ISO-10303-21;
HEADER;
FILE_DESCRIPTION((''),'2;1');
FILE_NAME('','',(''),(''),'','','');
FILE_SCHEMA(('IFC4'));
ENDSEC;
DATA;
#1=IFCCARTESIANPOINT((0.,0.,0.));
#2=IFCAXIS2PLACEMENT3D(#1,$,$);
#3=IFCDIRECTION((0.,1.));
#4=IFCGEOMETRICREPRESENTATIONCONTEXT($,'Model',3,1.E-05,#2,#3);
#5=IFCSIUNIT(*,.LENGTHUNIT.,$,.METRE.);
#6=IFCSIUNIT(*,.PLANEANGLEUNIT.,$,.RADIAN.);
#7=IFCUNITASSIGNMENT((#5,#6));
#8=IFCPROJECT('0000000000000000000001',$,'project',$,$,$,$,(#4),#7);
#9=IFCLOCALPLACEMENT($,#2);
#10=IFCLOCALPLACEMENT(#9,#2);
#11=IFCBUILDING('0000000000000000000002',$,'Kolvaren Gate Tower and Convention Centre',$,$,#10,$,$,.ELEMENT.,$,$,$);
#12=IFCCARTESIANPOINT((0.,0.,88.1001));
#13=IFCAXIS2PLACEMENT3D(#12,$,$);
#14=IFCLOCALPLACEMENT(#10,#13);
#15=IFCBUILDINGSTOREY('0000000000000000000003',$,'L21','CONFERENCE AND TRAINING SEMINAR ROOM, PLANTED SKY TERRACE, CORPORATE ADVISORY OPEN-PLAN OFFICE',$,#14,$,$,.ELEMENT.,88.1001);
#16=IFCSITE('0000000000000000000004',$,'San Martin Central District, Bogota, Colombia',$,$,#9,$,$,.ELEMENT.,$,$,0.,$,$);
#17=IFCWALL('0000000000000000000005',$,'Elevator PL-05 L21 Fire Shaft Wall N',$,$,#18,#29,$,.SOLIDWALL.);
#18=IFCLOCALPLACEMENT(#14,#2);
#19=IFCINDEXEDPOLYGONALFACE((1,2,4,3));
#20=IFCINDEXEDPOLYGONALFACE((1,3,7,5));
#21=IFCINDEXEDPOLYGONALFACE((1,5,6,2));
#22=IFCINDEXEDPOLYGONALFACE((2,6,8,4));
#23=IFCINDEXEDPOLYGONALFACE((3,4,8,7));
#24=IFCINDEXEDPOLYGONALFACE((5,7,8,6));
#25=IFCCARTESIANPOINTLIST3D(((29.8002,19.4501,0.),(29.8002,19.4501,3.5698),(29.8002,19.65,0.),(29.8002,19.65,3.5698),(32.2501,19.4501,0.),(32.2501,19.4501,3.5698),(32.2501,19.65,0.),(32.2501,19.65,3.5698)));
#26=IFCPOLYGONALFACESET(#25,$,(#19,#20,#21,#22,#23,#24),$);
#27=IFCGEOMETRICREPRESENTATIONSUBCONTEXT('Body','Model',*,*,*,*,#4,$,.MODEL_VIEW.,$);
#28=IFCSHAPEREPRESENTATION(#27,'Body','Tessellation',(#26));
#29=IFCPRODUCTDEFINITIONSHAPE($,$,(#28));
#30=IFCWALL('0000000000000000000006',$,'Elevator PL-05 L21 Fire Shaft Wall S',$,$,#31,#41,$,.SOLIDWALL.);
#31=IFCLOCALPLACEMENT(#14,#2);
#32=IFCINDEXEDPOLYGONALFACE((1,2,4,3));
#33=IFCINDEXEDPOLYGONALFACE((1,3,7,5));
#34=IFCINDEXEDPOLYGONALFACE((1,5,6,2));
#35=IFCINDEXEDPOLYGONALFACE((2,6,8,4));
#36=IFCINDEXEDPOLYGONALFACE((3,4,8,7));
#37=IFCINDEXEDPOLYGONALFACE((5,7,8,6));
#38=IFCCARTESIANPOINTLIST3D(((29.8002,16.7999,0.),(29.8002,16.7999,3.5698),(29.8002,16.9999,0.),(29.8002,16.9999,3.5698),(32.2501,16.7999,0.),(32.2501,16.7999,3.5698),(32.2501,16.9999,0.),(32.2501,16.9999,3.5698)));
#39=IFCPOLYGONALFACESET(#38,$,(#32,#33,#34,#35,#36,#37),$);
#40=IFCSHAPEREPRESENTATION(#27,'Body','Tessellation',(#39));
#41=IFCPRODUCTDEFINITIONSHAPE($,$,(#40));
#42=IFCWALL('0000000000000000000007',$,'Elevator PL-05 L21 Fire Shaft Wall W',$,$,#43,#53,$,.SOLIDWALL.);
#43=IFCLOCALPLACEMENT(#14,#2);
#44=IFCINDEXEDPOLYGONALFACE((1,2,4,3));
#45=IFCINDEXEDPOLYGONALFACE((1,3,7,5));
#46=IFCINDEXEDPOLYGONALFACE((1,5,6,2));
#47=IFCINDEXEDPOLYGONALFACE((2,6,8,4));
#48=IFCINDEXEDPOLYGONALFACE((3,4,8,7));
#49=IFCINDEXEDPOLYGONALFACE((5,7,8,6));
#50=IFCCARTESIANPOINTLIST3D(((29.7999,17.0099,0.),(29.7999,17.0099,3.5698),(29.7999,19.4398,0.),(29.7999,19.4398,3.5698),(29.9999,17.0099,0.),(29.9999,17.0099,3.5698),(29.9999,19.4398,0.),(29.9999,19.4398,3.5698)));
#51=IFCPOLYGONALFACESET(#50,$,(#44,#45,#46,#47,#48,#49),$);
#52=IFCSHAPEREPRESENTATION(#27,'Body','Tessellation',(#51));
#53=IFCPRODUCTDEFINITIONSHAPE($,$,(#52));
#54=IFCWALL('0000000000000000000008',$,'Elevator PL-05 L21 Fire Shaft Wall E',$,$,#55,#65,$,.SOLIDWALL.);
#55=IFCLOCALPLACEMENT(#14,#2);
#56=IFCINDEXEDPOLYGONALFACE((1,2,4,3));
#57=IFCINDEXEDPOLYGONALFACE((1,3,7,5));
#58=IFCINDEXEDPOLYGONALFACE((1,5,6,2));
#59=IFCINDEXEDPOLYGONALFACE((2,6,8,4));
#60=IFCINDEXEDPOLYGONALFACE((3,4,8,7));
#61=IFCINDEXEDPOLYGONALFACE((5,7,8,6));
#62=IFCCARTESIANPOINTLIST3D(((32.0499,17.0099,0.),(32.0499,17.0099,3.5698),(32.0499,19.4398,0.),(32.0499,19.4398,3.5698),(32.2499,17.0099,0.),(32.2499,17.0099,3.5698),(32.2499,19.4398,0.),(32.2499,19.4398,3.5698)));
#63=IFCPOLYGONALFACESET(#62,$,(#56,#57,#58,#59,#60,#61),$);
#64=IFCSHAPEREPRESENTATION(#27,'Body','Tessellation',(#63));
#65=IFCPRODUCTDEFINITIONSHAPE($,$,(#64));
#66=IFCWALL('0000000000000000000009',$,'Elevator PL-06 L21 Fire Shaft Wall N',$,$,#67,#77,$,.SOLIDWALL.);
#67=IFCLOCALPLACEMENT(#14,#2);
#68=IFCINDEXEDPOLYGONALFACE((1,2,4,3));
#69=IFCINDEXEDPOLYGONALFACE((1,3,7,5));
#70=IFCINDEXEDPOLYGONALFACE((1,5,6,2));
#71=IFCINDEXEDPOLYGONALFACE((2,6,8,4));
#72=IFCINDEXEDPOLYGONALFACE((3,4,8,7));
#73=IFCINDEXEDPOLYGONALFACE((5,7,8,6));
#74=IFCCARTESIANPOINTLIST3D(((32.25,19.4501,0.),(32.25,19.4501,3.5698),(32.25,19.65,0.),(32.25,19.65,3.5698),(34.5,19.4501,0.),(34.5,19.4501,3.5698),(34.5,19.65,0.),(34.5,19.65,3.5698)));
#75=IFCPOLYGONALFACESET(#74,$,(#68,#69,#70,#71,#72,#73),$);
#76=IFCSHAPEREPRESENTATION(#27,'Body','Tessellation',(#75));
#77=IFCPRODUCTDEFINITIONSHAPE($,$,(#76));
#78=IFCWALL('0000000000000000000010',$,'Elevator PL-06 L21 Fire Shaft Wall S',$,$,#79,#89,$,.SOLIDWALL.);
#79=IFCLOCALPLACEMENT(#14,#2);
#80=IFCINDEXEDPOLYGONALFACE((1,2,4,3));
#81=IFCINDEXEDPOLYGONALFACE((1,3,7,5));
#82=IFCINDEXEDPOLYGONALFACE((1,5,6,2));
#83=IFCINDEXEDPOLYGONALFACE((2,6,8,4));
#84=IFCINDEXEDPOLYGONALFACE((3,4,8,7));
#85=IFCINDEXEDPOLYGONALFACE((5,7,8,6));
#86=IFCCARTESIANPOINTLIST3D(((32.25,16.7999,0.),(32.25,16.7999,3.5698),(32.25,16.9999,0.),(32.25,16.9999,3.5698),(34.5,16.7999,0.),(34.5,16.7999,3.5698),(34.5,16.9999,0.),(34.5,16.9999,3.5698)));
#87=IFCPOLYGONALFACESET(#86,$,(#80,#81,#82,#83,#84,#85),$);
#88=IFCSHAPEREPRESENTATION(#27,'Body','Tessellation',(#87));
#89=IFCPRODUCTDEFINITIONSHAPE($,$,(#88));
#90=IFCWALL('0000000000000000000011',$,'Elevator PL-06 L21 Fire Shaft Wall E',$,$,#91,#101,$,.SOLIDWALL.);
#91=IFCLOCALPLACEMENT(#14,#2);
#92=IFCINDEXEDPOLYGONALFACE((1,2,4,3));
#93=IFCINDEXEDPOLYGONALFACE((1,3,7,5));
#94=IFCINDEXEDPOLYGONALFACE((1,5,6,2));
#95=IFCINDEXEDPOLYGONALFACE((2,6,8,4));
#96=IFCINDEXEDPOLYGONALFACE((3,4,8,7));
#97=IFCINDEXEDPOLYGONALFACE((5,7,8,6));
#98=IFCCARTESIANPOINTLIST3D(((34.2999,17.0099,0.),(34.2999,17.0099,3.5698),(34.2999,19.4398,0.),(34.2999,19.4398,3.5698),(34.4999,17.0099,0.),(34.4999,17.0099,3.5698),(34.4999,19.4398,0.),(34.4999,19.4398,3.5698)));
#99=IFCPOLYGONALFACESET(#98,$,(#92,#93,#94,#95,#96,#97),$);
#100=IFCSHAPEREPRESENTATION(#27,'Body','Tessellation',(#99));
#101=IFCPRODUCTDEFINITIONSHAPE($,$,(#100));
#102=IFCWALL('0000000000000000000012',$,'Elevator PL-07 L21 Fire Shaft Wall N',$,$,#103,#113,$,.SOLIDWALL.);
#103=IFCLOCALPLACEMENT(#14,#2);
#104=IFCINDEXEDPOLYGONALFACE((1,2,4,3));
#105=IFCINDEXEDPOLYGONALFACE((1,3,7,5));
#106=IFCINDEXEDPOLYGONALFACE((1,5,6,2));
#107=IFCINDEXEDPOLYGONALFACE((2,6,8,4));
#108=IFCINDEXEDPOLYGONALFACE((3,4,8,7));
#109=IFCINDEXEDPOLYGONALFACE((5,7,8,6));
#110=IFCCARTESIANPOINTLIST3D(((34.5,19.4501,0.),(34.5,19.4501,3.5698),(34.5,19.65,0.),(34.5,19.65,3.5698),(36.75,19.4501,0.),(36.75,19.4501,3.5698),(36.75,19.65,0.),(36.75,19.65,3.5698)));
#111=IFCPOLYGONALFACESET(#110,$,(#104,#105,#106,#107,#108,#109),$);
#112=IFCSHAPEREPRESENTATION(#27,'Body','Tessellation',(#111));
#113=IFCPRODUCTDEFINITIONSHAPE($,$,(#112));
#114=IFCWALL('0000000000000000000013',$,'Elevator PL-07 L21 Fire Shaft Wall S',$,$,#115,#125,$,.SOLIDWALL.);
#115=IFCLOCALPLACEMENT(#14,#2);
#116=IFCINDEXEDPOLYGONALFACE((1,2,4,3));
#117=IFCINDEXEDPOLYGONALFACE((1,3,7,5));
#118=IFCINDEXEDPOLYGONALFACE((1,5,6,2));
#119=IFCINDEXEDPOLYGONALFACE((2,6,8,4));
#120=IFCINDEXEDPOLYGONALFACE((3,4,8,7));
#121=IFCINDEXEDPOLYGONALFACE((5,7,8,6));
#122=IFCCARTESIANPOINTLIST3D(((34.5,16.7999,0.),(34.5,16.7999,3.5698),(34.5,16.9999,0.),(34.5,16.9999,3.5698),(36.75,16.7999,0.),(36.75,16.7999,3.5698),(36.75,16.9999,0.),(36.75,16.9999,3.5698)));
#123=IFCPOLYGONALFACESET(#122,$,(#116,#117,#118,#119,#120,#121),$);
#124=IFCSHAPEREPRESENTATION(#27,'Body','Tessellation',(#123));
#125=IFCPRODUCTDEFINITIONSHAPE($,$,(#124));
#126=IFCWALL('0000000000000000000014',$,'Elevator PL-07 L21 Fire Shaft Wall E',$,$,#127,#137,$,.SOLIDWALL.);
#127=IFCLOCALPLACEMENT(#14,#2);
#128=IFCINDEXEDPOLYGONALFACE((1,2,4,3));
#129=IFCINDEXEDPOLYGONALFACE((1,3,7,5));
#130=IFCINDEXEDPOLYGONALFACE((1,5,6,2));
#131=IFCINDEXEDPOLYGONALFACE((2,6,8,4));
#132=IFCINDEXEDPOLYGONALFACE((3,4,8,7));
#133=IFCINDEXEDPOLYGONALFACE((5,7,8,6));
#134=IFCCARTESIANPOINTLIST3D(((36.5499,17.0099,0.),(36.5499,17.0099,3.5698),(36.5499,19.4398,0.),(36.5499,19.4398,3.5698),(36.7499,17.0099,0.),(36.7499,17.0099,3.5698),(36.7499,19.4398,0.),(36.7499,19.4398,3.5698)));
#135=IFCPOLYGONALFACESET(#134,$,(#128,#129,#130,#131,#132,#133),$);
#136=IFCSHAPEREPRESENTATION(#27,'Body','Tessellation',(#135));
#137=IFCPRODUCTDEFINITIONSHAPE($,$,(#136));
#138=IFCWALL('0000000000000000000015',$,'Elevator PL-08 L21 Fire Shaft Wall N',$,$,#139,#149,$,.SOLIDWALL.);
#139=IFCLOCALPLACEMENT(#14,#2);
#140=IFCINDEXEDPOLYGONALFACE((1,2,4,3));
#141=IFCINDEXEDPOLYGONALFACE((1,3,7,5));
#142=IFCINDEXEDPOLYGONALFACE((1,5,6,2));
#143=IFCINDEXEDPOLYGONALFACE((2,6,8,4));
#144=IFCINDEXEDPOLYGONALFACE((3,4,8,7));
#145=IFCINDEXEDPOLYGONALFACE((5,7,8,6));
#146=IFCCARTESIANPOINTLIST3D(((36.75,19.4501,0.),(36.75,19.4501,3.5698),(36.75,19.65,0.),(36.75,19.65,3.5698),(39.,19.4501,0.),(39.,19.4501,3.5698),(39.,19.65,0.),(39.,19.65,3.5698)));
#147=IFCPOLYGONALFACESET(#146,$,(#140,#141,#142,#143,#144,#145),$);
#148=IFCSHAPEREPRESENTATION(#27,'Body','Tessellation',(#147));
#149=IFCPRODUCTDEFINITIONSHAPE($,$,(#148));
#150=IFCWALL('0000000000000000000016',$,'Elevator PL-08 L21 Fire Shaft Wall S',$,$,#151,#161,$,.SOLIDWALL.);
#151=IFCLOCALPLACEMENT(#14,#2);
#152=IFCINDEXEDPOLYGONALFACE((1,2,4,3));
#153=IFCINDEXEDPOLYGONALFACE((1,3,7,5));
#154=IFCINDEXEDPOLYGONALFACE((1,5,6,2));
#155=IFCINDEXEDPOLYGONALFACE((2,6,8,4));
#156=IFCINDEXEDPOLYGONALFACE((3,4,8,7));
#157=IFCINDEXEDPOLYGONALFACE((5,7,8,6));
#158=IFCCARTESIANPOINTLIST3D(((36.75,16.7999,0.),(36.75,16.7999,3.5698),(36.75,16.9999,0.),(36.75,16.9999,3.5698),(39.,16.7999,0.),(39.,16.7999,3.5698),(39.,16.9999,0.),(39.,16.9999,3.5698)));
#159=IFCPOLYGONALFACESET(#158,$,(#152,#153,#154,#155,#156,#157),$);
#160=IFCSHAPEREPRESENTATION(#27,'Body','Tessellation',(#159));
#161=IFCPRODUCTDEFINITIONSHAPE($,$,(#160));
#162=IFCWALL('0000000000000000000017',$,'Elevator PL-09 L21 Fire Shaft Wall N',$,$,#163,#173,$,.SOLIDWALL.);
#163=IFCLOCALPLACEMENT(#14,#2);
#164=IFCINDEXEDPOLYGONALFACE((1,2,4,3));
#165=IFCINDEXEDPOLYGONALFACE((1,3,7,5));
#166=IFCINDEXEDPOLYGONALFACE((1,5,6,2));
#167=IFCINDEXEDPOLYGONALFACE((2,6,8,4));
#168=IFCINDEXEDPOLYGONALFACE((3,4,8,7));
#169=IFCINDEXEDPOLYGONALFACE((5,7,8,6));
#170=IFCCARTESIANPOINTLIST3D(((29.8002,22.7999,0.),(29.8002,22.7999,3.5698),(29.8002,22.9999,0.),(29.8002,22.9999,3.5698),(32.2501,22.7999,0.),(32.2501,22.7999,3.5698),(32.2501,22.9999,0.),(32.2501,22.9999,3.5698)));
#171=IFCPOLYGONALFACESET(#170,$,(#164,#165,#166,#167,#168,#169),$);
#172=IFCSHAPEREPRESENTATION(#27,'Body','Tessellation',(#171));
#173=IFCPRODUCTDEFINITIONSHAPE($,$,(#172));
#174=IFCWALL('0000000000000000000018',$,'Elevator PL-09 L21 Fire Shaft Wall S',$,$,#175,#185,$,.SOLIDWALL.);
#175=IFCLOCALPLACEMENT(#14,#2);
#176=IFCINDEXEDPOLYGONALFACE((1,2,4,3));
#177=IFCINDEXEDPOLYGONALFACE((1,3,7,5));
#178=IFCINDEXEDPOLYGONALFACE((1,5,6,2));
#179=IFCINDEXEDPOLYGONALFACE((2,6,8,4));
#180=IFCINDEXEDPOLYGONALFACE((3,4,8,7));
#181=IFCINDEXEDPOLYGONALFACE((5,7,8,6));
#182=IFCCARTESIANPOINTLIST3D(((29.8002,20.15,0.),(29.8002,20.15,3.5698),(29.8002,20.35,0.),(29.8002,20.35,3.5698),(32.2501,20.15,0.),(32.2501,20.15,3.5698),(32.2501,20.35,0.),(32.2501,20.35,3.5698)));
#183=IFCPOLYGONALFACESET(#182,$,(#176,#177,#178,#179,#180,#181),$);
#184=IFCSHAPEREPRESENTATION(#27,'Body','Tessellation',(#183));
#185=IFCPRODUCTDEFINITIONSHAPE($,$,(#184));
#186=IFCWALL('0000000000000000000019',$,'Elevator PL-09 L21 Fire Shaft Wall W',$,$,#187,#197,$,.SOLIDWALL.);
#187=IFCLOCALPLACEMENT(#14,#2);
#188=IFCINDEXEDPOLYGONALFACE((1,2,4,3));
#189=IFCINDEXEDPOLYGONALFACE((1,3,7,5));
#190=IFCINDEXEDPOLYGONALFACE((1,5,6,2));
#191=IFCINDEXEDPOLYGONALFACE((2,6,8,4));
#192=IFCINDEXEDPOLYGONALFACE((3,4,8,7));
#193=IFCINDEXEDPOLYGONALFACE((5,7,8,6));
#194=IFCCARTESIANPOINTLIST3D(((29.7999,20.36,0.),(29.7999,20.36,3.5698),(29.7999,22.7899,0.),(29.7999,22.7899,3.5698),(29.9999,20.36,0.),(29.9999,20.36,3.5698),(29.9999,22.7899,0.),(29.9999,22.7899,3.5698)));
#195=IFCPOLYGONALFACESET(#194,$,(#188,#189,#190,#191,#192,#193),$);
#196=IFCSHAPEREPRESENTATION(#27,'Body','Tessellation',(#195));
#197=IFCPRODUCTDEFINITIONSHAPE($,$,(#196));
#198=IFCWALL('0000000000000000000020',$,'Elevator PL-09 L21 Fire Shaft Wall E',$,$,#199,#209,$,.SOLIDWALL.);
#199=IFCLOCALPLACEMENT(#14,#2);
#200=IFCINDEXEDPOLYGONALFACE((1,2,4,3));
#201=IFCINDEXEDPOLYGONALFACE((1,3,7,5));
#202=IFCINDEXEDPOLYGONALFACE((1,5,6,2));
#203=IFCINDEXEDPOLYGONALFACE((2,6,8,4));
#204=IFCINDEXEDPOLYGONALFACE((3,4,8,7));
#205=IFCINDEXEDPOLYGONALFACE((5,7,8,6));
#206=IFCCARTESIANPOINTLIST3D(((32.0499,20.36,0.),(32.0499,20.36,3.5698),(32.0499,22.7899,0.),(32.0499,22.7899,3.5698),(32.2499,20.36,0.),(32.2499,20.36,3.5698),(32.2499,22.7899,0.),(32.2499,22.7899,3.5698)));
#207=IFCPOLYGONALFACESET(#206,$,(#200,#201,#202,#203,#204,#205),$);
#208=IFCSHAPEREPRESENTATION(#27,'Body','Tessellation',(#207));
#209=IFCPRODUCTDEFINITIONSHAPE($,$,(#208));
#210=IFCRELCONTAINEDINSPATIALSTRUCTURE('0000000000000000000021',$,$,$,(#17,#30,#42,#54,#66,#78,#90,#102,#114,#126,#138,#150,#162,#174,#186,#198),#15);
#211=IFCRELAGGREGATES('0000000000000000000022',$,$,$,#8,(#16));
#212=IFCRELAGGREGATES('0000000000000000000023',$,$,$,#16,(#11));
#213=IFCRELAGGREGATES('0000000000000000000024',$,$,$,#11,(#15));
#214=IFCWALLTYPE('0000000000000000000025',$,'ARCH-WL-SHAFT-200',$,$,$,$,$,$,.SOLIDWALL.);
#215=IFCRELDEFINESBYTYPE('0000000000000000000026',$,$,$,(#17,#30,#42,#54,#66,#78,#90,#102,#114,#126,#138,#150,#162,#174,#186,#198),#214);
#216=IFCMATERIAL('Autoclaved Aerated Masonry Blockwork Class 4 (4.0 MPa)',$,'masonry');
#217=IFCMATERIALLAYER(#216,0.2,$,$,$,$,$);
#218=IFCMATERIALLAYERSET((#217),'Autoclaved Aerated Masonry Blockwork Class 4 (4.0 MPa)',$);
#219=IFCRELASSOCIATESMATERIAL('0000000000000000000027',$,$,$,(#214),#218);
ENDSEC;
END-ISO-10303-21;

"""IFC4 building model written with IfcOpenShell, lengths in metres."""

from ifc_helpers import new_model, si_unit, direction, frame, frame_2d, origin, place, context, subcontext, project, spatial, rectangle, extrude, material, layer, layer_set, type_object, element, save


model = new_model("IFC4")

# Units and contexts
model_context = context("Model", 3, precision=1e-05, world=origin(), true_north=direction((0.0, 1.0)))
body_context = subcontext(model_context, "Body", "Model", "MODEL_VIEW")
ifc_project = project(units=[si_unit("LENGTHUNIT", "METRE"), si_unit("PLANEANGLEUNIT", "RADIAN")], contexts=[model_context])

# Site, building, storey
site_placement = place(None, origin())
site = spatial("IfcSite", under=ifc_project, at=site_placement, Name="San Martin Central District, Bogota, Colombia", CompositionType="ELEMENT", RefElevation=0.0)
building_placement = place(site_placement, origin())
building = spatial("IfcBuilding", under=site, at=building_placement, Name="Kolvaren Gate Tower and Convention Centre", CompositionType="ELEMENT")
storey_placement = place(building_placement, frame((0.0, 0.0, 88.1001)))
storey = spatial("IfcBuildingStorey", under=building, at=storey_placement, Name="L21", Description="CONFERENCE AND TRAINING SEMINAR ROOM, PLANTED SKY TERRACE, CORPORATE ADVISORY OPEN-PLAN OFFICE", CompositionType="ELEMENT", Elevation=88.1001)

# Walls
ifc_material_1 = material(Name="Autoclaved Aerated Masonry Blockwork Class 4 (4.0 MPa)", Category="masonry")
ifc_layer_1 = layer(ifc_material_1, 0.2)
ifc_layer_set_1 = layer_set([ifc_layer_1], Name="Autoclaved Aerated Masonry Blockwork Class 4 (4.0 MPa)")
wall_type_1 = type_object("IfcWallType", Name="ARCH-WL-SHAFT-200", PredefinedType="SOLIDWALL", material=ifc_layer_set_1)
for number, where, z_axis, x_axis, name in (
    (1, (29.8, 19.55, 0.0), (0.0, 0.0, 1.0), (1.0, 0.0, 0.0), "Elevator PL-05 L21 Fire Shaft Wall N"),
    (2, (29.8, 16.8999, 0.0), (0.0, 0.0, 1.0), (1.0, 0.0, 0.0), "Elevator PL-05 L21 Fire Shaft Wall S"),
):
    element("IfcWall", number, at=place(storey_placement, frame(where, z_axis=z_axis, x_axis=x_axis)), inside=storey, type_object=wall_type_1, Name=name, PredefinedType="SOLIDWALL", context=body_context, shape_type="SweptSolid", body=[
        extrude(rectangle(XDim=2.45, YDim=0.2, at=frame_2d((1.2251, 0.0))), origin(), (0.0, 0.0, 1.0), 3.5698),
    ])
for number, where, z_axis, x_axis, name in (
    (3, (29.8999, 17.01, 0.0), (0.0, 0.0, 1.0), (0.0, 1.0, 0.0), "Elevator PL-05 L21 Fire Shaft Wall W"),
    (4, (32.1499, 17.01, 0.0), (0.0, 0.0, 1.0), (0.0, 1.0, 0.0), "Elevator PL-05 L21 Fire Shaft Wall E"),
):
    element("IfcWall", number, at=place(storey_placement, frame(where, z_axis=z_axis, x_axis=x_axis)), inside=storey, type_object=wall_type_1, Name=name, PredefinedType="SOLIDWALL", context=body_context, shape_type="SweptSolid", body=[
        extrude(rectangle(XDim=2.4299, YDim=0.2, at=frame_2d((1.2148, 0.0))), origin(), (0.0, 0.0, 1.0), 3.5698),
    ])
for number, where, z_axis, x_axis, name in (
    (5, (32.25, 19.55, 0.0), (0.0, 0.0, 1.0), (1.0, 0.0, 0.0), "Elevator PL-06 L21 Fire Shaft Wall N"),
    (6, (32.25, 16.8999, 0.0), (0.0, 0.0, 1.0), (1.0, 0.0, 0.0), "Elevator PL-06 L21 Fire Shaft Wall S"),
):
    element("IfcWall", number, at=place(storey_placement, frame(where, z_axis=z_axis, x_axis=x_axis)), inside=storey, type_object=wall_type_1, Name=name, PredefinedType="SOLIDWALL", context=body_context, shape_type="SweptSolid", body=[
        extrude(rectangle(XDim=2.25, YDim=0.2, at=frame_2d((1.125, 0.0))), origin(), (0.0, 0.0, 1.0), 3.5698),
    ])
wall_1_placement = place(storey_placement, frame((34.3999, 17.01, 0.0), z_axis=(0.0, 0.0, 1.0), x_axis=(0.0, 1.0, 0.0)))
element("IfcWall", 7, at=wall_1_placement, inside=storey, type_object=wall_type_1, Name="Elevator PL-06 L21 Fire Shaft Wall E", PredefinedType="SOLIDWALL", context=body_context, shape_type="SweptSolid", body=[
    extrude(rectangle(XDim=2.4299, YDim=0.2, at=frame_2d((1.2148, 0.0))), origin(), (0.0, 0.0, 1.0), 3.5698),
])
for number, where, z_axis, x_axis, name in (
    (8, (34.5, 19.55, 0.0), (0.0, 0.0, 1.0), (1.0, 0.0, 0.0), "Elevator PL-07 L21 Fire Shaft Wall N"),
    (9, (34.5, 16.8999, 0.0), (0.0, 0.0, 1.0), (1.0, 0.0, 0.0), "Elevator PL-07 L21 Fire Shaft Wall S"),
):
    element("IfcWall", number, at=place(storey_placement, frame(where, z_axis=z_axis, x_axis=x_axis)), inside=storey, type_object=wall_type_1, Name=name, PredefinedType="SOLIDWALL", context=body_context, shape_type="SweptSolid", body=[
        extrude(rectangle(XDim=2.25, YDim=0.2, at=frame_2d((1.125, 0.0))), origin(), (0.0, 0.0, 1.0), 3.5698),
    ])
wall_2_placement = place(storey_placement, frame((36.6499, 17.01, 0.0), z_axis=(0.0, 0.0, 1.0), x_axis=(0.0, 1.0, 0.0)))
element("IfcWall", 10, at=wall_2_placement, inside=storey, type_object=wall_type_1, Name="Elevator PL-07 L21 Fire Shaft Wall E", PredefinedType="SOLIDWALL", context=body_context, shape_type="SweptSolid", body=[
    extrude(rectangle(XDim=2.4299, YDim=0.2, at=frame_2d((1.2148, 0.0))), origin(), (0.0, 0.0, 1.0), 3.5698),
])
for number, where, z_axis, x_axis, name in (
    (11, (36.75, 19.55, 0.0), (0.0, 0.0, 1.0), (1.0, 0.0, 0.0), "Elevator PL-08 L21 Fire Shaft Wall N"),
    (12, (36.75, 16.8999, 0.0), (0.0, 0.0, 1.0), (1.0, 0.0, 0.0), "Elevator PL-08 L21 Fire Shaft Wall S"),
):
    element("IfcWall", number, at=place(storey_placement, frame(where, z_axis=z_axis, x_axis=x_axis)), inside=storey, type_object=wall_type_1, Name=name, PredefinedType="SOLIDWALL", context=body_context, shape_type="SweptSolid", body=[
        extrude(rectangle(XDim=2.25, YDim=0.2, at=frame_2d((1.125, 0.0))), origin(), (0.0, 0.0, 1.0), 3.5698),
    ])
for number, where, z_axis, x_axis, name in (
    (13, (29.8, 22.8999, 0.0), (0.0, 0.0, 1.0), (1.0, 0.0, 0.0), "Elevator PL-09 L21 Fire Shaft Wall N"),
    (14, (29.8, 20.25, 0.0), (0.0, 0.0, 1.0), (1.0, 0.0, 0.0), "Elevator PL-09 L21 Fire Shaft Wall S"),
):
    element("IfcWall", number, at=place(storey_placement, frame(where, z_axis=z_axis, x_axis=x_axis)), inside=storey, type_object=wall_type_1, Name=name, PredefinedType="SOLIDWALL", context=body_context, shape_type="SweptSolid", body=[
        extrude(rectangle(XDim=2.45, YDim=0.2, at=frame_2d((1.2251, 0.0))), origin(), (0.0, 0.0, 1.0), 3.5698),
    ])
for number, where, z_axis, x_axis, name in (
    (15, (29.8999, 20.3601, 0.0), (0.0, 0.0, 1.0), (0.0, 1.0, 0.0), "Elevator PL-09 L21 Fire Shaft Wall W"),
    (16, (32.1499, 20.3601, 0.0), (0.0, 0.0, 1.0), (0.0, 1.0, 0.0), "Elevator PL-09 L21 Fire Shaft Wall E"),
):
    element("IfcWall", number, at=place(storey_placement, frame(where, z_axis=z_axis, x_axis=x_axis)), inside=storey, type_object=wall_type_1, Name=name, PredefinedType="SOLIDWALL", context=body_context, shape_type="SweptSolid", body=[
        extrude(rectangle(XDim=2.4299, YDim=0.2, at=frame_2d((1.2148, 0.0))), origin(), (0.0, 0.0, 1.0), 3.5698),
    ])

save(model, "model.ifc")
